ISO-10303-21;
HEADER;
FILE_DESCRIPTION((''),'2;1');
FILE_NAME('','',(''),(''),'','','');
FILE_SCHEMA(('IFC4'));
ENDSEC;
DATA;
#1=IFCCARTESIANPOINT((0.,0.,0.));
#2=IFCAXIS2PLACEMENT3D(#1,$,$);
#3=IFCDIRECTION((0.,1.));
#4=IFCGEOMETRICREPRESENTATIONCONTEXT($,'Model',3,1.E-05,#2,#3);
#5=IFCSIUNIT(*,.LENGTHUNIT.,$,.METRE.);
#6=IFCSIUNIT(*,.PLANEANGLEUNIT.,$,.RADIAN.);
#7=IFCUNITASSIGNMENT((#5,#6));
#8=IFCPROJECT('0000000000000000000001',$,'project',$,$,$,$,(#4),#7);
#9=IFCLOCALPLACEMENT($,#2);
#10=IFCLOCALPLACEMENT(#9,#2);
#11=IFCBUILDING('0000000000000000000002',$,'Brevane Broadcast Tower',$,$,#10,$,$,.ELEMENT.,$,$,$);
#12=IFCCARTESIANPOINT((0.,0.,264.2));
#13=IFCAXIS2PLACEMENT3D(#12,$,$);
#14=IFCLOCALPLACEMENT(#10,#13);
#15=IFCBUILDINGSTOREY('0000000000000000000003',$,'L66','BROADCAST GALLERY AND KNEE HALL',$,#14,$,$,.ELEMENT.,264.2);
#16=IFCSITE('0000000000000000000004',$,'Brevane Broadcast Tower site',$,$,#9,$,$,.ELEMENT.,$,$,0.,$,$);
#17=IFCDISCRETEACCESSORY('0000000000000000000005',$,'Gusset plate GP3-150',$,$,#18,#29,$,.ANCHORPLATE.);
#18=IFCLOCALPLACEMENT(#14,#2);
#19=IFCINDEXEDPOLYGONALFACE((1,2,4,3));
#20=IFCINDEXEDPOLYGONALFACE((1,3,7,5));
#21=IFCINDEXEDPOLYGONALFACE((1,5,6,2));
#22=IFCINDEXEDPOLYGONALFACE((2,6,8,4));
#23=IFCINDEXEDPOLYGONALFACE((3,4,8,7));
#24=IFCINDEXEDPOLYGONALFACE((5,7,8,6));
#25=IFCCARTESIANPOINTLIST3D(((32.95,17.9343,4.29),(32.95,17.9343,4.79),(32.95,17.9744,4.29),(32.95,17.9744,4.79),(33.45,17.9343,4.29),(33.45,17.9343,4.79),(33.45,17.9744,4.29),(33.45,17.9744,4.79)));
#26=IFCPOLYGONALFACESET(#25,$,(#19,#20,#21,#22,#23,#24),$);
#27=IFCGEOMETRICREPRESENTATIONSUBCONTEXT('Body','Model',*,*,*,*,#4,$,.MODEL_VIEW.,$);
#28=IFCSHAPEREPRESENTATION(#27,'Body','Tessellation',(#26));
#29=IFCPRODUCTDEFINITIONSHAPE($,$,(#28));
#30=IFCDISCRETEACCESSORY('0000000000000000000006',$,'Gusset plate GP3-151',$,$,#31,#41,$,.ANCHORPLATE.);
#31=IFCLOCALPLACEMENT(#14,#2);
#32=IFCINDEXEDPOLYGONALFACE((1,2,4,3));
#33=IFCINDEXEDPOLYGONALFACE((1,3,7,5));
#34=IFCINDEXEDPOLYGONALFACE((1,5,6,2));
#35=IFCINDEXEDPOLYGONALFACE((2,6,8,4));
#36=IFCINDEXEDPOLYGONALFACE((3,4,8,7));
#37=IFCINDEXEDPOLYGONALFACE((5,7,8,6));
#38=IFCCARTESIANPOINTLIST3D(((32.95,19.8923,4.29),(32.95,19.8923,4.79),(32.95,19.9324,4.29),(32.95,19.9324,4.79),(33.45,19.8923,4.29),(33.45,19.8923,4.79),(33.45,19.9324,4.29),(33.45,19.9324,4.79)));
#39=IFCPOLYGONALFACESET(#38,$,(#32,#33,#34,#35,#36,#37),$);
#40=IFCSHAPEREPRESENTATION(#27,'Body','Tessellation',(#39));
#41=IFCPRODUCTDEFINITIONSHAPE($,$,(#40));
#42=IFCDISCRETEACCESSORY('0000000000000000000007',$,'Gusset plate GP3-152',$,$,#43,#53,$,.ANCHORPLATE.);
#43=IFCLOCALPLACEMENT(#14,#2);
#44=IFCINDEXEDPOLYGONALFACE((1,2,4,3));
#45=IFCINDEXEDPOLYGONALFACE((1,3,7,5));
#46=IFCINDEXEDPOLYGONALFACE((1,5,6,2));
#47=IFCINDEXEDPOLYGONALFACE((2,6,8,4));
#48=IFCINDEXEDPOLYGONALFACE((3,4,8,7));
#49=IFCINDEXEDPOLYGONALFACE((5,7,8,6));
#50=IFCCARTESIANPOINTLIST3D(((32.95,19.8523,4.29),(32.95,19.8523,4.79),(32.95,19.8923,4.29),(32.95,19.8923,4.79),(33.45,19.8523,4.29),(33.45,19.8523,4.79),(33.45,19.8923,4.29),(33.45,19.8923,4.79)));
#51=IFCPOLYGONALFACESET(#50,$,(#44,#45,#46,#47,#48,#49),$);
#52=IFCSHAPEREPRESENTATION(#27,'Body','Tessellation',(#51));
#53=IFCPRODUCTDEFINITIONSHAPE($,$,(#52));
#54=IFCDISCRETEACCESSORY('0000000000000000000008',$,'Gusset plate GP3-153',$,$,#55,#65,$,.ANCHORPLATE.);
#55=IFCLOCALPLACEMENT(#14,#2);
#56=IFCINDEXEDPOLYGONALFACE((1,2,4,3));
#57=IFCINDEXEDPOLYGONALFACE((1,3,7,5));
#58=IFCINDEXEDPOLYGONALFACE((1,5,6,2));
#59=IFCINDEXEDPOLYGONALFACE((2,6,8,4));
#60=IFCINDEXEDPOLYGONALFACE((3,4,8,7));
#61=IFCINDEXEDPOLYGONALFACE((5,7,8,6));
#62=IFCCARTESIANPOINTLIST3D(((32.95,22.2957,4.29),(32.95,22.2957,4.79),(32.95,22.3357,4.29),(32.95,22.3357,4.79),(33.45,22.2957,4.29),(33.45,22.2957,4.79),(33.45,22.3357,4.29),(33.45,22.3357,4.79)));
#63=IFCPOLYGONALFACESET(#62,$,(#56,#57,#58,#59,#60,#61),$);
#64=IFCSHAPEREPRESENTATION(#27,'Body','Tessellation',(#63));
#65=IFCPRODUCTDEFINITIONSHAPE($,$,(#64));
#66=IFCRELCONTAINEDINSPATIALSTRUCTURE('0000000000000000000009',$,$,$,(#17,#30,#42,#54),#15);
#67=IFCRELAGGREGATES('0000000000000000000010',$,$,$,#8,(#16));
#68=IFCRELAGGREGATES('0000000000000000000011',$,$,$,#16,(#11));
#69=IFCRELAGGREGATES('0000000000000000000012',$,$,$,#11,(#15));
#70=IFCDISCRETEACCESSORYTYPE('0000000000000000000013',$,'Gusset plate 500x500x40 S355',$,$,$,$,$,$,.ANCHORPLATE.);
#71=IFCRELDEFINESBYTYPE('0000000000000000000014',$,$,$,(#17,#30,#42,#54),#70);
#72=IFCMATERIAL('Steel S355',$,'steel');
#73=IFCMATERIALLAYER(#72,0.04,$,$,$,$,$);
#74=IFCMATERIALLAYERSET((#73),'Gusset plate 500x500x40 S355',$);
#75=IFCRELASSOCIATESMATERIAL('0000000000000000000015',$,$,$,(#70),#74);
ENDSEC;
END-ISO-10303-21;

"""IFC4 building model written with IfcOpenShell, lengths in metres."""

from ifc_helpers import new_model, si_unit, direction, frame, origin, origin_2d, place, context, subcontext, project, spatial, rectangle, extrude, material, layer, layer_set, type_object, element, save


model = new_model("IFC4")

# Units and contexts
model_context = context("Model", 3, precision=1e-05, world=origin(), true_north=direction((0.0, 1.0)))
body_context = subcontext(model_context, "Body", "Model", "MODEL_VIEW")
ifc_project = project(units=[si_unit("LENGTHUNIT", "METRE"), si_unit("PLANEANGLEUNIT", "RADIAN")], contexts=[model_context])

# Site, building, storey
site_placement = place(None, origin())
site = spatial("IfcSite", under=ifc_project, at=site_placement, Name="Brevane Broadcast Tower site", CompositionType="ELEMENT", RefElevation=0.0)
building_placement = place(site_placement, origin())
building = spatial("IfcBuilding", under=site, at=building_placement, Name="Brevane Broadcast Tower", CompositionType="ELEMENT")
storey_placement = place(building_placement, frame((0.0, 0.0, 264.2)))
storey = spatial("IfcBuildingStorey", under=building, at=storey_placement, Name="L66", Description="BROADCAST GALLERY AND KNEE HALL", CompositionType="ELEMENT", Elevation=264.2)

# Shared definitions
ifc_material_1 = material(Name="Steel S355", Category="steel")

# Discrete accessories
ifc_layer_1 = layer(ifc_material_1, 0.04)
ifc_layer_set_1 = layer_set([ifc_layer_1], Name="Gusset plate 500x500x40 S355")
discrete_accessory_type_1 = type_object("IfcDiscreteAccessoryType", Name="Gusset plate 500x500x40 S355", PredefinedType="ANCHORPLATE", material=ifc_layer_set_1)
for number, where, z_axis, x_axis, name in (
    (1, (33.2, 17.9343, 4.54), (0.0, 1.0, 0.0), (-1.0, 0.0, 0.0), "Gusset plate GP3-150"),
    (2, (33.2, 19.8923, 4.54), (0.0, 1.0, 0.0), (-1.0, 0.0, 0.0), "Gusset plate GP3-151"),
    (3, (33.2, 19.8523, 4.54), (0.0, 1.0, 0.0), (-1.0, 0.0, 0.0), "Gusset plate GP3-152"),
    (4, (33.2, 22.2957, 4.54), (0.0, 1.0, 0.0), (-1.0, 0.0, 0.0), "Gusset plate GP3-153"),
):
    element("IfcDiscreteAccessory", number, at=place(storey_placement, frame(where, z_axis=z_axis, x_axis=x_axis)), inside=storey, type_object=discrete_accessory_type_1, Name=name, PredefinedType="ANCHORPLATE", context=body_context, shape_type="SweptSolid", body=[
        extrude(rectangle(XDim=0.5, YDim=0.5, at=origin_2d()), origin(), (0.0, 0.0, 1.0), 0.04),
    ])

save(model, "model.ifc")
